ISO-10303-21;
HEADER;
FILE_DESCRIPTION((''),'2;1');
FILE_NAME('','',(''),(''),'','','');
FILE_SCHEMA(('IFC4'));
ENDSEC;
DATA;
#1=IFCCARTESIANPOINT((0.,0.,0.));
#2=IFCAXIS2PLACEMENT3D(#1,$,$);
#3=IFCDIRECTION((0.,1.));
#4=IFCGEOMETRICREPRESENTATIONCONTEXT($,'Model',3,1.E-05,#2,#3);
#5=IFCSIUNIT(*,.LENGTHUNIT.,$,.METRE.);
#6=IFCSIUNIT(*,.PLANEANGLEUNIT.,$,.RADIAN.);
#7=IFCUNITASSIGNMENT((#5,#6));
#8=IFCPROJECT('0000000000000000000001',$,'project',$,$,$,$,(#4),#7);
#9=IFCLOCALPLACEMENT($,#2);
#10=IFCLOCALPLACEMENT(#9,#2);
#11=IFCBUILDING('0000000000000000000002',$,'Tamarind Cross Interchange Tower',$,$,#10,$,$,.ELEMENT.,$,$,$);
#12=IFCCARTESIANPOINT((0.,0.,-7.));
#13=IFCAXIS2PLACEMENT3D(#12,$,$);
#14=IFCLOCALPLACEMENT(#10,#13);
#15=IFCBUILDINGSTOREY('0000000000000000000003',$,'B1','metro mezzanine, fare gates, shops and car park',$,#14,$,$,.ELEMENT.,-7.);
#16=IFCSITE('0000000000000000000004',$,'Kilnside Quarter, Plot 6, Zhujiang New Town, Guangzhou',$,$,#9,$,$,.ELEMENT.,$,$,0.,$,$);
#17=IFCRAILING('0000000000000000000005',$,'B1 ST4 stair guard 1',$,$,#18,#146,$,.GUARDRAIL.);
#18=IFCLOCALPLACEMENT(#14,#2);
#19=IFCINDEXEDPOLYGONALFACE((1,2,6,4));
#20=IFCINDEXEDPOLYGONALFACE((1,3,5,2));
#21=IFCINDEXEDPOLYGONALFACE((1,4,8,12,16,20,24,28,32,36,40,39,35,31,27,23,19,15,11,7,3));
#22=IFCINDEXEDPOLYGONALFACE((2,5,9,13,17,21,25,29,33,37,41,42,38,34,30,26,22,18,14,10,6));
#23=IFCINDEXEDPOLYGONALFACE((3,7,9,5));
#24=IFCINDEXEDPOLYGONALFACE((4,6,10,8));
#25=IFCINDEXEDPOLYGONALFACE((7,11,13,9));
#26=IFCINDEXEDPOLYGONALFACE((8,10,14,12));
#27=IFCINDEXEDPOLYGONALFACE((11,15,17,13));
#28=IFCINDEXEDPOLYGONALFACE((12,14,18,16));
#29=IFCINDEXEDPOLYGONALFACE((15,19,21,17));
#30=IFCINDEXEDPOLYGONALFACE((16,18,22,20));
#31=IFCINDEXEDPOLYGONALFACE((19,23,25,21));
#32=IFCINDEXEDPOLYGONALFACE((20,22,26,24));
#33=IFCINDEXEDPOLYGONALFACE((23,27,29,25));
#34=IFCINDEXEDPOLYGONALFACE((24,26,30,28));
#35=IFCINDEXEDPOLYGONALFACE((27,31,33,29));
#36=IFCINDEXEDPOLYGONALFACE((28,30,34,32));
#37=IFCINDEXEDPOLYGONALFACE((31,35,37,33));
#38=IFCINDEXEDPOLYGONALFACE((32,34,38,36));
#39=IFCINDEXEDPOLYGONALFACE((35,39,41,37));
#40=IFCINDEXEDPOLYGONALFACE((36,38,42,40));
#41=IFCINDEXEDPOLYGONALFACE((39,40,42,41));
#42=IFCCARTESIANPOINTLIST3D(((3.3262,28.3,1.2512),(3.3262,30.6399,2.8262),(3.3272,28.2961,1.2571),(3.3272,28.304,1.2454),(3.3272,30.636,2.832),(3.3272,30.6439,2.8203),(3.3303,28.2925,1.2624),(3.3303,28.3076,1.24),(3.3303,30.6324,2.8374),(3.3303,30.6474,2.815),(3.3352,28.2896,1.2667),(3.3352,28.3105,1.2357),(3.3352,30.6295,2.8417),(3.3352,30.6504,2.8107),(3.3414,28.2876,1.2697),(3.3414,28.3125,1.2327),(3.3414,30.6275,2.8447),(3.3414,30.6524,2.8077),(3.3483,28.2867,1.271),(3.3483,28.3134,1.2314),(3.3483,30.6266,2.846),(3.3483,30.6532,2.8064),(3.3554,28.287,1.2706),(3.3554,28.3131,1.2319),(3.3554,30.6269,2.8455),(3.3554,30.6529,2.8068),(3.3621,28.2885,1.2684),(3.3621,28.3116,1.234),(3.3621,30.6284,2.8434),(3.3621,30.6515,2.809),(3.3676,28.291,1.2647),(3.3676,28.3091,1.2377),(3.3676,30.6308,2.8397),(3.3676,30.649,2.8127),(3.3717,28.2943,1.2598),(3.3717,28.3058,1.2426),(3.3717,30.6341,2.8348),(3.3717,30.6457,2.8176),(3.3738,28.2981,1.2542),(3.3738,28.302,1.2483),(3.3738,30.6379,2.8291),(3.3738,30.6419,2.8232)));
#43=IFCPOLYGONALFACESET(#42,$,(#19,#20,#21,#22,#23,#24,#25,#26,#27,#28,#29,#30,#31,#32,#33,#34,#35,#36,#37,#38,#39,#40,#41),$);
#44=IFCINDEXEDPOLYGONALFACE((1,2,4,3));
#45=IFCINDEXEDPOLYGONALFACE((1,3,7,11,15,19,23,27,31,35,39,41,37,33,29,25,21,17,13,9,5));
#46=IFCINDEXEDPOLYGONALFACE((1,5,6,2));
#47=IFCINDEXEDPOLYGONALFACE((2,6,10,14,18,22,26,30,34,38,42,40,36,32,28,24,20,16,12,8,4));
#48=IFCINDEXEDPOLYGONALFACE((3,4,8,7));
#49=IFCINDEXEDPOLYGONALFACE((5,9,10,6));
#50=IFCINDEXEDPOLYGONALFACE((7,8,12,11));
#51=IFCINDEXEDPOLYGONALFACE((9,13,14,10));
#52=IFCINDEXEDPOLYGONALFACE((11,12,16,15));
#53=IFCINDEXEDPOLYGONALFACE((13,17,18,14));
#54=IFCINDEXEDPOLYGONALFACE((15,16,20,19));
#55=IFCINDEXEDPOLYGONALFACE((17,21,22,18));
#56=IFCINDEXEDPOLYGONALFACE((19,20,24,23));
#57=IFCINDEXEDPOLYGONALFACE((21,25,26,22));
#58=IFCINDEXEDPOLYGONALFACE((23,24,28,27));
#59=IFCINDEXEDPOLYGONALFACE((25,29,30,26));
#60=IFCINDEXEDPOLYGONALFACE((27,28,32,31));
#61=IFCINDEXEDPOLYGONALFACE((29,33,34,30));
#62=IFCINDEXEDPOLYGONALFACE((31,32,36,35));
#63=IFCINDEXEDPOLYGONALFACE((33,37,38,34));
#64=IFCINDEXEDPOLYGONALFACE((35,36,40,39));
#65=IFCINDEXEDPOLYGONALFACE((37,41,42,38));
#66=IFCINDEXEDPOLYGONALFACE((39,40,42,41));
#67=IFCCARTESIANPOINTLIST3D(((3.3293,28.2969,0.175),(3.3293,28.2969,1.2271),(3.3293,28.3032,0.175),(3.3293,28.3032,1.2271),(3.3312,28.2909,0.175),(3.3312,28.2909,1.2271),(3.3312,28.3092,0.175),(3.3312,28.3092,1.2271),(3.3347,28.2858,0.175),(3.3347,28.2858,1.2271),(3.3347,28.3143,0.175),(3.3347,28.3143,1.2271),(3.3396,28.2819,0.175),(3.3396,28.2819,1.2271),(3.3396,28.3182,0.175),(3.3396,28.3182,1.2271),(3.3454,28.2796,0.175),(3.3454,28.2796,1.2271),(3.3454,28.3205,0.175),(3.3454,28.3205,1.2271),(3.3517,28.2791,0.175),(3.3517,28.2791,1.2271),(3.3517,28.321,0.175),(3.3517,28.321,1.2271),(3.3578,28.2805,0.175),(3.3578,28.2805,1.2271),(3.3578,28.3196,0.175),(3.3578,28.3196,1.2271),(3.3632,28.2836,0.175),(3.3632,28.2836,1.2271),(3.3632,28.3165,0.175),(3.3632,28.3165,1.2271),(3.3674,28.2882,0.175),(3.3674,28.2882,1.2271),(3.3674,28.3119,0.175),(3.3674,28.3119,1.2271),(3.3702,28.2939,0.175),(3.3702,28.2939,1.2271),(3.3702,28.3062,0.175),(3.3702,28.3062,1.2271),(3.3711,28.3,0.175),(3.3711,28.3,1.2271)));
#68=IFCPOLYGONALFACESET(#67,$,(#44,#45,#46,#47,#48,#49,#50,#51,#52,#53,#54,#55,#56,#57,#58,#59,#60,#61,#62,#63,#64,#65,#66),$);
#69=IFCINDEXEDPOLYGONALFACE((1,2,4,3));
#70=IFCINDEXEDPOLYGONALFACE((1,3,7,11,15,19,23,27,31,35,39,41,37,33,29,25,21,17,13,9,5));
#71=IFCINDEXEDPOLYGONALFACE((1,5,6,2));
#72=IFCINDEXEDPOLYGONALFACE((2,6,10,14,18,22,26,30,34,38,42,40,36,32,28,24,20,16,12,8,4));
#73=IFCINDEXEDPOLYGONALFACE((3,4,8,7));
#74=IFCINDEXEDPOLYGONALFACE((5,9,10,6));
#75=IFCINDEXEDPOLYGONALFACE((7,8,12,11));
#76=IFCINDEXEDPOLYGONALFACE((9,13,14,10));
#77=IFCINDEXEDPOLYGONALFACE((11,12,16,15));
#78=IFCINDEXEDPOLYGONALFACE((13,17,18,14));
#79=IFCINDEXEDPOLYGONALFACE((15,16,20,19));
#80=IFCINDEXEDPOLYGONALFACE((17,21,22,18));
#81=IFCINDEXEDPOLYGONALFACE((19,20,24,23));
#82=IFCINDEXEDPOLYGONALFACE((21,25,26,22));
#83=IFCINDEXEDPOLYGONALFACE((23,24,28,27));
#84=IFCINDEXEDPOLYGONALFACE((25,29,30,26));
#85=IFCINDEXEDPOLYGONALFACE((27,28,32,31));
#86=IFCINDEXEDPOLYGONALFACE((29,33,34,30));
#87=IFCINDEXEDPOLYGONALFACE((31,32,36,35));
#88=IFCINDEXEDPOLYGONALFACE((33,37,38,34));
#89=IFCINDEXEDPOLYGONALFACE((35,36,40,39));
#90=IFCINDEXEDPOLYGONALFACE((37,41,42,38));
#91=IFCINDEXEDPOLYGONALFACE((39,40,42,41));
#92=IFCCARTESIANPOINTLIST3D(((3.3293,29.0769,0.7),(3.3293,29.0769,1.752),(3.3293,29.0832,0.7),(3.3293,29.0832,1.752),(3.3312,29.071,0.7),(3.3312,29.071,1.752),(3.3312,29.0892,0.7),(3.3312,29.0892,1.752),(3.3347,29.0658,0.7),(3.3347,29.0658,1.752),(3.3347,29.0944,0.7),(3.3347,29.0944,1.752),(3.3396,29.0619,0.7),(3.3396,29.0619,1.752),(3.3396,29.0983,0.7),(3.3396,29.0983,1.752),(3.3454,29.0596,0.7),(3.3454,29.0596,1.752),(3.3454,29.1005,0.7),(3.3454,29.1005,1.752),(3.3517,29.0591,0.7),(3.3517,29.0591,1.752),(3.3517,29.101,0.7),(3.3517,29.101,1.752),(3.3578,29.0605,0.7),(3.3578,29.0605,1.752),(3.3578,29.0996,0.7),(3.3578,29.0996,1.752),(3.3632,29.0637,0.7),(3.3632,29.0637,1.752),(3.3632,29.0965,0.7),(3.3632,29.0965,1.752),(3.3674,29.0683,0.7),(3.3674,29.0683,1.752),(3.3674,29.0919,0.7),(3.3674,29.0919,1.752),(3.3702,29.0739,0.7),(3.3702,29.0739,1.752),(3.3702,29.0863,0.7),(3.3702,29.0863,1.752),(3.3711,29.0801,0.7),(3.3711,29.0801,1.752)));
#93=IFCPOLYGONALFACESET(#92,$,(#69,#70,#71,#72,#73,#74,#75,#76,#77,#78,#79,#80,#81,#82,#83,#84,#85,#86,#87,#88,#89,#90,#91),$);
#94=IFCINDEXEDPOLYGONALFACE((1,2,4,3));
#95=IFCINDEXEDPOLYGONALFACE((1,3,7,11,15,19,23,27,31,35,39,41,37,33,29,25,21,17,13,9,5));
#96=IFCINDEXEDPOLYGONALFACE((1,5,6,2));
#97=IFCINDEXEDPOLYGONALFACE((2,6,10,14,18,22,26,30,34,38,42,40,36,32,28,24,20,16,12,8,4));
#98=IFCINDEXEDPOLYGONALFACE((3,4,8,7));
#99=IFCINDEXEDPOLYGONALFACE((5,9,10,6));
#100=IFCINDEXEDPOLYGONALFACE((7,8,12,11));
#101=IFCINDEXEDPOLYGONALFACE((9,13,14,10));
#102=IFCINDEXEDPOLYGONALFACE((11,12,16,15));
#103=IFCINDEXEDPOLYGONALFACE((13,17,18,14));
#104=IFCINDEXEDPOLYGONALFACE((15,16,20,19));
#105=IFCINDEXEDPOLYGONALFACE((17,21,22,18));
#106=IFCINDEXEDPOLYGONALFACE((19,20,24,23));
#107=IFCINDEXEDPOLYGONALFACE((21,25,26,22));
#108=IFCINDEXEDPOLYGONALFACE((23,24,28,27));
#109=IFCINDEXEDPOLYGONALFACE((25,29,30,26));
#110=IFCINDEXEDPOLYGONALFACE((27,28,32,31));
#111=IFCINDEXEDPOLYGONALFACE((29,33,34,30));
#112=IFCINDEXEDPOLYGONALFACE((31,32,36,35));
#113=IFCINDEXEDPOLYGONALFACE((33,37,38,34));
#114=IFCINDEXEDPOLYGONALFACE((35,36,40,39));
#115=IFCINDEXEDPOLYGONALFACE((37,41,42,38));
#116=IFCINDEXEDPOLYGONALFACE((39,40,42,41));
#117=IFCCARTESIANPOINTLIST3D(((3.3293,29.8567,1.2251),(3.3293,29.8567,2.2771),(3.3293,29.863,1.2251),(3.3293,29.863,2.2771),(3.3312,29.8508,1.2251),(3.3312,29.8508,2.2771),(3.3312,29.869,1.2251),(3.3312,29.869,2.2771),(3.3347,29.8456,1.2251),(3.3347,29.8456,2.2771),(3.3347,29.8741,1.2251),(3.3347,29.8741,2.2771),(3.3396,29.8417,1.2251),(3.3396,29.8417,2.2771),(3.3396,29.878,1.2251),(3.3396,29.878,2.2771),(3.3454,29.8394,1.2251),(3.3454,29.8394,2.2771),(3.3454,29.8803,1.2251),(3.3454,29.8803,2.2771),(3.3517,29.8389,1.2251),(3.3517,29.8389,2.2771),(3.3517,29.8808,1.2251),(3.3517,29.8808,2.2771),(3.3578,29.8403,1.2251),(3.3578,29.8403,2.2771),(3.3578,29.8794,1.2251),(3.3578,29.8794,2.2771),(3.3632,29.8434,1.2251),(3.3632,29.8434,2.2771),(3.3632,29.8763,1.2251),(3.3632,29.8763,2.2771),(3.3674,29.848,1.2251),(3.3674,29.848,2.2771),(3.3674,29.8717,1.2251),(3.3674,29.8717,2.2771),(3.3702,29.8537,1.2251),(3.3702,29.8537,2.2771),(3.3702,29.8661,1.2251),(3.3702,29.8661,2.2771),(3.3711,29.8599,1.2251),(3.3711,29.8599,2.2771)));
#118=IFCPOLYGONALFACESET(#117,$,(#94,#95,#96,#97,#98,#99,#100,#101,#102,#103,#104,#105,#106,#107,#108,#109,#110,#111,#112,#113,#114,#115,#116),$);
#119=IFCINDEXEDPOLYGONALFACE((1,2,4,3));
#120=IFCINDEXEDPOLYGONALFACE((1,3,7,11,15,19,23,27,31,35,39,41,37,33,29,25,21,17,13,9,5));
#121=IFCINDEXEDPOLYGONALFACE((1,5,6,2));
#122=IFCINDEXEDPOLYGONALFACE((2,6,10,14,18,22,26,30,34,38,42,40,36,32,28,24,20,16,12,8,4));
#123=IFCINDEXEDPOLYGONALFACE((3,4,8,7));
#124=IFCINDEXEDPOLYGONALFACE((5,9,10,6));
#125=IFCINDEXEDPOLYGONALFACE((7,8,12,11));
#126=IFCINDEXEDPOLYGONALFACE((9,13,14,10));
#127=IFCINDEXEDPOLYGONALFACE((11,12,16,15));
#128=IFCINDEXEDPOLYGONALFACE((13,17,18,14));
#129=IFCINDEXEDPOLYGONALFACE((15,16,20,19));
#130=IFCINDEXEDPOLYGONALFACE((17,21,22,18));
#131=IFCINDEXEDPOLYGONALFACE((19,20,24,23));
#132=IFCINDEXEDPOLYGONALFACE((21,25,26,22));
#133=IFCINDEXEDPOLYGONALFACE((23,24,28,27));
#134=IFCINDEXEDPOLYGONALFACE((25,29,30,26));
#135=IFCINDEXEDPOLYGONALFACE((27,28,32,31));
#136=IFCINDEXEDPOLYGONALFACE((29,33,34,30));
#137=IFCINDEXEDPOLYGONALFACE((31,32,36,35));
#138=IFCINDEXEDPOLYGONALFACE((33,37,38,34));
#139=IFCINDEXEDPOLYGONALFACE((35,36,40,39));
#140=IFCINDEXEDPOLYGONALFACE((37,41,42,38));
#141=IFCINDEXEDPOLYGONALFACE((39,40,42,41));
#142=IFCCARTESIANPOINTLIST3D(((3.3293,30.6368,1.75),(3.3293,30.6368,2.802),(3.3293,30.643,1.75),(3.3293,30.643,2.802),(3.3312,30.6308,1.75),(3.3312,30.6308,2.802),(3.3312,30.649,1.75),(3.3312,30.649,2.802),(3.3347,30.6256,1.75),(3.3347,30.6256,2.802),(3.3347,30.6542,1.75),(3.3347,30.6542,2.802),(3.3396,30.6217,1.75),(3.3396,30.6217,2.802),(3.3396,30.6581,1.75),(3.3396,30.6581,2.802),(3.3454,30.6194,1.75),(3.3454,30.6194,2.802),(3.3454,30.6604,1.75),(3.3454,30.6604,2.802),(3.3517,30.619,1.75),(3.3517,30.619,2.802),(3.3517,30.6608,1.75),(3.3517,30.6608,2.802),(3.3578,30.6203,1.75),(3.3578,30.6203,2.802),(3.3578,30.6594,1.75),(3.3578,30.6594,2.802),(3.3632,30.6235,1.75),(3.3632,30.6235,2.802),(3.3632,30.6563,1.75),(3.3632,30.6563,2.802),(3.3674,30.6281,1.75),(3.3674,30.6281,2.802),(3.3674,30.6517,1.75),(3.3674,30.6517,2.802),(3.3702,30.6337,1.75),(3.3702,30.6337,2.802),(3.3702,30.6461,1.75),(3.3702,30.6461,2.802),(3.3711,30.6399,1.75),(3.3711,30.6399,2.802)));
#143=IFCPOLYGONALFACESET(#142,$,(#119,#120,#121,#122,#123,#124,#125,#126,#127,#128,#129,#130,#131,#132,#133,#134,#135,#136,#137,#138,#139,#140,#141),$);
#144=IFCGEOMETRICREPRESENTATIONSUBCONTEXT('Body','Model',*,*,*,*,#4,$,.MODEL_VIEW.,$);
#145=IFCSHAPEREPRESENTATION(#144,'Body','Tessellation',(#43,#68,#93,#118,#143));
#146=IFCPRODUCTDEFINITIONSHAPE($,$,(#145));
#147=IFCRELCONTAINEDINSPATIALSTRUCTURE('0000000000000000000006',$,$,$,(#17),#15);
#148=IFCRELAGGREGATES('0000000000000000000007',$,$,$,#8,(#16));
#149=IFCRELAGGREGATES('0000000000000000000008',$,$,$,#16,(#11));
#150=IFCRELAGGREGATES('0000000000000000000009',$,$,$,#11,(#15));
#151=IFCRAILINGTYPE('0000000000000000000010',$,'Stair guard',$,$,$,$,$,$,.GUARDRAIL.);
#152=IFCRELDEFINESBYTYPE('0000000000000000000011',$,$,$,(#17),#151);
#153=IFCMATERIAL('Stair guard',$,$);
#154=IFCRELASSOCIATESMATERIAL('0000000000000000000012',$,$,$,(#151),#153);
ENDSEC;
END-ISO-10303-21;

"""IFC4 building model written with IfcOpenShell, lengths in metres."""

from ifc_helpers import new_model, si_unit, direction, frame, origin, origin_2d, place, context, subcontext, project, spatial, circle, extrude, material, type_object, element, save


model = new_model("IFC4")

# Units and contexts
model_context = context("Model", 3, precision=1e-05, world=origin(), true_north=direction((0.0, 1.0)))
body_context = subcontext(model_context, "Body", "Model", "MODEL_VIEW")
ifc_project = project(units=[si_unit("LENGTHUNIT", "METRE"), si_unit("PLANEANGLEUNIT", "RADIAN")], contexts=[model_context])

# Site, building, storey
site_placement = place(None, origin())
site = spatial("IfcSite", under=ifc_project, at=site_placement, Name="Kilnside Quarter, Plot 6, Zhujiang New Town, Guangzhou", CompositionType="ELEMENT", RefElevation=0.0)
building_placement = place(site_placement, origin())
building = spatial("IfcBuilding", under=site, at=building_placement, Name="Tamarind Cross Interchange Tower", CompositionType="ELEMENT")
storey_placement = place(building_placement, frame((0.0, 0.0, -7.0)))
storey = spatial("IfcBuildingStorey", under=building, at=storey_placement, Name="B1", Description="metro mezzanine, fare gates, shops and car park", CompositionType="ELEMENT", Elevation=-7.0)

# Railing
ifc_material_1 = material(Name="Stair guard")
railing_type_1 = type_object("IfcRailingType", Name="Stair guard", PredefinedType="GUARDRAIL", material=ifc_material_1)
railing_1_placement = place(storey_placement, frame((3.3501, 28.3, 0.175)))
element("IfcRailing", 1, at=railing_1_placement, inside=storey, type_object=railing_type_1, Name="B1 ST4 stair guard 1", PredefinedType="GUARDRAIL", context=body_context, shape_type="SweptSolid", body=[
    extrude(circle(Radius=0.0239, at=origin_2d()), frame((0.0, 0.0, 1.0762), z_axis=(0.0, 0.829578, 0.55839), x_axis=(-1.0, 0.0, 0.0)), (0.0, 0.0, 1.0), 2.8206),
    extrude(circle(Radius=0.021, at=origin_2d()), origin(), (0.0, 0.0, 1.0), 1.052),
    extrude(circle(Radius=0.021, at=origin_2d()), frame((0.0, 0.78, 0.5249)), (0.0, 0.0, 1.0), 1.052),
    extrude(circle(Radius=0.021, at=origin_2d()), frame((0.0, 1.5598, 1.05)), (0.0, 0.0, 1.0), 1.052),
    extrude(circle(Radius=0.021, at=origin_2d()), frame((0.0, 2.3398, 1.575)), (0.0, 0.0, 1.0), 1.052),
])

save(model, "model.ifc")
